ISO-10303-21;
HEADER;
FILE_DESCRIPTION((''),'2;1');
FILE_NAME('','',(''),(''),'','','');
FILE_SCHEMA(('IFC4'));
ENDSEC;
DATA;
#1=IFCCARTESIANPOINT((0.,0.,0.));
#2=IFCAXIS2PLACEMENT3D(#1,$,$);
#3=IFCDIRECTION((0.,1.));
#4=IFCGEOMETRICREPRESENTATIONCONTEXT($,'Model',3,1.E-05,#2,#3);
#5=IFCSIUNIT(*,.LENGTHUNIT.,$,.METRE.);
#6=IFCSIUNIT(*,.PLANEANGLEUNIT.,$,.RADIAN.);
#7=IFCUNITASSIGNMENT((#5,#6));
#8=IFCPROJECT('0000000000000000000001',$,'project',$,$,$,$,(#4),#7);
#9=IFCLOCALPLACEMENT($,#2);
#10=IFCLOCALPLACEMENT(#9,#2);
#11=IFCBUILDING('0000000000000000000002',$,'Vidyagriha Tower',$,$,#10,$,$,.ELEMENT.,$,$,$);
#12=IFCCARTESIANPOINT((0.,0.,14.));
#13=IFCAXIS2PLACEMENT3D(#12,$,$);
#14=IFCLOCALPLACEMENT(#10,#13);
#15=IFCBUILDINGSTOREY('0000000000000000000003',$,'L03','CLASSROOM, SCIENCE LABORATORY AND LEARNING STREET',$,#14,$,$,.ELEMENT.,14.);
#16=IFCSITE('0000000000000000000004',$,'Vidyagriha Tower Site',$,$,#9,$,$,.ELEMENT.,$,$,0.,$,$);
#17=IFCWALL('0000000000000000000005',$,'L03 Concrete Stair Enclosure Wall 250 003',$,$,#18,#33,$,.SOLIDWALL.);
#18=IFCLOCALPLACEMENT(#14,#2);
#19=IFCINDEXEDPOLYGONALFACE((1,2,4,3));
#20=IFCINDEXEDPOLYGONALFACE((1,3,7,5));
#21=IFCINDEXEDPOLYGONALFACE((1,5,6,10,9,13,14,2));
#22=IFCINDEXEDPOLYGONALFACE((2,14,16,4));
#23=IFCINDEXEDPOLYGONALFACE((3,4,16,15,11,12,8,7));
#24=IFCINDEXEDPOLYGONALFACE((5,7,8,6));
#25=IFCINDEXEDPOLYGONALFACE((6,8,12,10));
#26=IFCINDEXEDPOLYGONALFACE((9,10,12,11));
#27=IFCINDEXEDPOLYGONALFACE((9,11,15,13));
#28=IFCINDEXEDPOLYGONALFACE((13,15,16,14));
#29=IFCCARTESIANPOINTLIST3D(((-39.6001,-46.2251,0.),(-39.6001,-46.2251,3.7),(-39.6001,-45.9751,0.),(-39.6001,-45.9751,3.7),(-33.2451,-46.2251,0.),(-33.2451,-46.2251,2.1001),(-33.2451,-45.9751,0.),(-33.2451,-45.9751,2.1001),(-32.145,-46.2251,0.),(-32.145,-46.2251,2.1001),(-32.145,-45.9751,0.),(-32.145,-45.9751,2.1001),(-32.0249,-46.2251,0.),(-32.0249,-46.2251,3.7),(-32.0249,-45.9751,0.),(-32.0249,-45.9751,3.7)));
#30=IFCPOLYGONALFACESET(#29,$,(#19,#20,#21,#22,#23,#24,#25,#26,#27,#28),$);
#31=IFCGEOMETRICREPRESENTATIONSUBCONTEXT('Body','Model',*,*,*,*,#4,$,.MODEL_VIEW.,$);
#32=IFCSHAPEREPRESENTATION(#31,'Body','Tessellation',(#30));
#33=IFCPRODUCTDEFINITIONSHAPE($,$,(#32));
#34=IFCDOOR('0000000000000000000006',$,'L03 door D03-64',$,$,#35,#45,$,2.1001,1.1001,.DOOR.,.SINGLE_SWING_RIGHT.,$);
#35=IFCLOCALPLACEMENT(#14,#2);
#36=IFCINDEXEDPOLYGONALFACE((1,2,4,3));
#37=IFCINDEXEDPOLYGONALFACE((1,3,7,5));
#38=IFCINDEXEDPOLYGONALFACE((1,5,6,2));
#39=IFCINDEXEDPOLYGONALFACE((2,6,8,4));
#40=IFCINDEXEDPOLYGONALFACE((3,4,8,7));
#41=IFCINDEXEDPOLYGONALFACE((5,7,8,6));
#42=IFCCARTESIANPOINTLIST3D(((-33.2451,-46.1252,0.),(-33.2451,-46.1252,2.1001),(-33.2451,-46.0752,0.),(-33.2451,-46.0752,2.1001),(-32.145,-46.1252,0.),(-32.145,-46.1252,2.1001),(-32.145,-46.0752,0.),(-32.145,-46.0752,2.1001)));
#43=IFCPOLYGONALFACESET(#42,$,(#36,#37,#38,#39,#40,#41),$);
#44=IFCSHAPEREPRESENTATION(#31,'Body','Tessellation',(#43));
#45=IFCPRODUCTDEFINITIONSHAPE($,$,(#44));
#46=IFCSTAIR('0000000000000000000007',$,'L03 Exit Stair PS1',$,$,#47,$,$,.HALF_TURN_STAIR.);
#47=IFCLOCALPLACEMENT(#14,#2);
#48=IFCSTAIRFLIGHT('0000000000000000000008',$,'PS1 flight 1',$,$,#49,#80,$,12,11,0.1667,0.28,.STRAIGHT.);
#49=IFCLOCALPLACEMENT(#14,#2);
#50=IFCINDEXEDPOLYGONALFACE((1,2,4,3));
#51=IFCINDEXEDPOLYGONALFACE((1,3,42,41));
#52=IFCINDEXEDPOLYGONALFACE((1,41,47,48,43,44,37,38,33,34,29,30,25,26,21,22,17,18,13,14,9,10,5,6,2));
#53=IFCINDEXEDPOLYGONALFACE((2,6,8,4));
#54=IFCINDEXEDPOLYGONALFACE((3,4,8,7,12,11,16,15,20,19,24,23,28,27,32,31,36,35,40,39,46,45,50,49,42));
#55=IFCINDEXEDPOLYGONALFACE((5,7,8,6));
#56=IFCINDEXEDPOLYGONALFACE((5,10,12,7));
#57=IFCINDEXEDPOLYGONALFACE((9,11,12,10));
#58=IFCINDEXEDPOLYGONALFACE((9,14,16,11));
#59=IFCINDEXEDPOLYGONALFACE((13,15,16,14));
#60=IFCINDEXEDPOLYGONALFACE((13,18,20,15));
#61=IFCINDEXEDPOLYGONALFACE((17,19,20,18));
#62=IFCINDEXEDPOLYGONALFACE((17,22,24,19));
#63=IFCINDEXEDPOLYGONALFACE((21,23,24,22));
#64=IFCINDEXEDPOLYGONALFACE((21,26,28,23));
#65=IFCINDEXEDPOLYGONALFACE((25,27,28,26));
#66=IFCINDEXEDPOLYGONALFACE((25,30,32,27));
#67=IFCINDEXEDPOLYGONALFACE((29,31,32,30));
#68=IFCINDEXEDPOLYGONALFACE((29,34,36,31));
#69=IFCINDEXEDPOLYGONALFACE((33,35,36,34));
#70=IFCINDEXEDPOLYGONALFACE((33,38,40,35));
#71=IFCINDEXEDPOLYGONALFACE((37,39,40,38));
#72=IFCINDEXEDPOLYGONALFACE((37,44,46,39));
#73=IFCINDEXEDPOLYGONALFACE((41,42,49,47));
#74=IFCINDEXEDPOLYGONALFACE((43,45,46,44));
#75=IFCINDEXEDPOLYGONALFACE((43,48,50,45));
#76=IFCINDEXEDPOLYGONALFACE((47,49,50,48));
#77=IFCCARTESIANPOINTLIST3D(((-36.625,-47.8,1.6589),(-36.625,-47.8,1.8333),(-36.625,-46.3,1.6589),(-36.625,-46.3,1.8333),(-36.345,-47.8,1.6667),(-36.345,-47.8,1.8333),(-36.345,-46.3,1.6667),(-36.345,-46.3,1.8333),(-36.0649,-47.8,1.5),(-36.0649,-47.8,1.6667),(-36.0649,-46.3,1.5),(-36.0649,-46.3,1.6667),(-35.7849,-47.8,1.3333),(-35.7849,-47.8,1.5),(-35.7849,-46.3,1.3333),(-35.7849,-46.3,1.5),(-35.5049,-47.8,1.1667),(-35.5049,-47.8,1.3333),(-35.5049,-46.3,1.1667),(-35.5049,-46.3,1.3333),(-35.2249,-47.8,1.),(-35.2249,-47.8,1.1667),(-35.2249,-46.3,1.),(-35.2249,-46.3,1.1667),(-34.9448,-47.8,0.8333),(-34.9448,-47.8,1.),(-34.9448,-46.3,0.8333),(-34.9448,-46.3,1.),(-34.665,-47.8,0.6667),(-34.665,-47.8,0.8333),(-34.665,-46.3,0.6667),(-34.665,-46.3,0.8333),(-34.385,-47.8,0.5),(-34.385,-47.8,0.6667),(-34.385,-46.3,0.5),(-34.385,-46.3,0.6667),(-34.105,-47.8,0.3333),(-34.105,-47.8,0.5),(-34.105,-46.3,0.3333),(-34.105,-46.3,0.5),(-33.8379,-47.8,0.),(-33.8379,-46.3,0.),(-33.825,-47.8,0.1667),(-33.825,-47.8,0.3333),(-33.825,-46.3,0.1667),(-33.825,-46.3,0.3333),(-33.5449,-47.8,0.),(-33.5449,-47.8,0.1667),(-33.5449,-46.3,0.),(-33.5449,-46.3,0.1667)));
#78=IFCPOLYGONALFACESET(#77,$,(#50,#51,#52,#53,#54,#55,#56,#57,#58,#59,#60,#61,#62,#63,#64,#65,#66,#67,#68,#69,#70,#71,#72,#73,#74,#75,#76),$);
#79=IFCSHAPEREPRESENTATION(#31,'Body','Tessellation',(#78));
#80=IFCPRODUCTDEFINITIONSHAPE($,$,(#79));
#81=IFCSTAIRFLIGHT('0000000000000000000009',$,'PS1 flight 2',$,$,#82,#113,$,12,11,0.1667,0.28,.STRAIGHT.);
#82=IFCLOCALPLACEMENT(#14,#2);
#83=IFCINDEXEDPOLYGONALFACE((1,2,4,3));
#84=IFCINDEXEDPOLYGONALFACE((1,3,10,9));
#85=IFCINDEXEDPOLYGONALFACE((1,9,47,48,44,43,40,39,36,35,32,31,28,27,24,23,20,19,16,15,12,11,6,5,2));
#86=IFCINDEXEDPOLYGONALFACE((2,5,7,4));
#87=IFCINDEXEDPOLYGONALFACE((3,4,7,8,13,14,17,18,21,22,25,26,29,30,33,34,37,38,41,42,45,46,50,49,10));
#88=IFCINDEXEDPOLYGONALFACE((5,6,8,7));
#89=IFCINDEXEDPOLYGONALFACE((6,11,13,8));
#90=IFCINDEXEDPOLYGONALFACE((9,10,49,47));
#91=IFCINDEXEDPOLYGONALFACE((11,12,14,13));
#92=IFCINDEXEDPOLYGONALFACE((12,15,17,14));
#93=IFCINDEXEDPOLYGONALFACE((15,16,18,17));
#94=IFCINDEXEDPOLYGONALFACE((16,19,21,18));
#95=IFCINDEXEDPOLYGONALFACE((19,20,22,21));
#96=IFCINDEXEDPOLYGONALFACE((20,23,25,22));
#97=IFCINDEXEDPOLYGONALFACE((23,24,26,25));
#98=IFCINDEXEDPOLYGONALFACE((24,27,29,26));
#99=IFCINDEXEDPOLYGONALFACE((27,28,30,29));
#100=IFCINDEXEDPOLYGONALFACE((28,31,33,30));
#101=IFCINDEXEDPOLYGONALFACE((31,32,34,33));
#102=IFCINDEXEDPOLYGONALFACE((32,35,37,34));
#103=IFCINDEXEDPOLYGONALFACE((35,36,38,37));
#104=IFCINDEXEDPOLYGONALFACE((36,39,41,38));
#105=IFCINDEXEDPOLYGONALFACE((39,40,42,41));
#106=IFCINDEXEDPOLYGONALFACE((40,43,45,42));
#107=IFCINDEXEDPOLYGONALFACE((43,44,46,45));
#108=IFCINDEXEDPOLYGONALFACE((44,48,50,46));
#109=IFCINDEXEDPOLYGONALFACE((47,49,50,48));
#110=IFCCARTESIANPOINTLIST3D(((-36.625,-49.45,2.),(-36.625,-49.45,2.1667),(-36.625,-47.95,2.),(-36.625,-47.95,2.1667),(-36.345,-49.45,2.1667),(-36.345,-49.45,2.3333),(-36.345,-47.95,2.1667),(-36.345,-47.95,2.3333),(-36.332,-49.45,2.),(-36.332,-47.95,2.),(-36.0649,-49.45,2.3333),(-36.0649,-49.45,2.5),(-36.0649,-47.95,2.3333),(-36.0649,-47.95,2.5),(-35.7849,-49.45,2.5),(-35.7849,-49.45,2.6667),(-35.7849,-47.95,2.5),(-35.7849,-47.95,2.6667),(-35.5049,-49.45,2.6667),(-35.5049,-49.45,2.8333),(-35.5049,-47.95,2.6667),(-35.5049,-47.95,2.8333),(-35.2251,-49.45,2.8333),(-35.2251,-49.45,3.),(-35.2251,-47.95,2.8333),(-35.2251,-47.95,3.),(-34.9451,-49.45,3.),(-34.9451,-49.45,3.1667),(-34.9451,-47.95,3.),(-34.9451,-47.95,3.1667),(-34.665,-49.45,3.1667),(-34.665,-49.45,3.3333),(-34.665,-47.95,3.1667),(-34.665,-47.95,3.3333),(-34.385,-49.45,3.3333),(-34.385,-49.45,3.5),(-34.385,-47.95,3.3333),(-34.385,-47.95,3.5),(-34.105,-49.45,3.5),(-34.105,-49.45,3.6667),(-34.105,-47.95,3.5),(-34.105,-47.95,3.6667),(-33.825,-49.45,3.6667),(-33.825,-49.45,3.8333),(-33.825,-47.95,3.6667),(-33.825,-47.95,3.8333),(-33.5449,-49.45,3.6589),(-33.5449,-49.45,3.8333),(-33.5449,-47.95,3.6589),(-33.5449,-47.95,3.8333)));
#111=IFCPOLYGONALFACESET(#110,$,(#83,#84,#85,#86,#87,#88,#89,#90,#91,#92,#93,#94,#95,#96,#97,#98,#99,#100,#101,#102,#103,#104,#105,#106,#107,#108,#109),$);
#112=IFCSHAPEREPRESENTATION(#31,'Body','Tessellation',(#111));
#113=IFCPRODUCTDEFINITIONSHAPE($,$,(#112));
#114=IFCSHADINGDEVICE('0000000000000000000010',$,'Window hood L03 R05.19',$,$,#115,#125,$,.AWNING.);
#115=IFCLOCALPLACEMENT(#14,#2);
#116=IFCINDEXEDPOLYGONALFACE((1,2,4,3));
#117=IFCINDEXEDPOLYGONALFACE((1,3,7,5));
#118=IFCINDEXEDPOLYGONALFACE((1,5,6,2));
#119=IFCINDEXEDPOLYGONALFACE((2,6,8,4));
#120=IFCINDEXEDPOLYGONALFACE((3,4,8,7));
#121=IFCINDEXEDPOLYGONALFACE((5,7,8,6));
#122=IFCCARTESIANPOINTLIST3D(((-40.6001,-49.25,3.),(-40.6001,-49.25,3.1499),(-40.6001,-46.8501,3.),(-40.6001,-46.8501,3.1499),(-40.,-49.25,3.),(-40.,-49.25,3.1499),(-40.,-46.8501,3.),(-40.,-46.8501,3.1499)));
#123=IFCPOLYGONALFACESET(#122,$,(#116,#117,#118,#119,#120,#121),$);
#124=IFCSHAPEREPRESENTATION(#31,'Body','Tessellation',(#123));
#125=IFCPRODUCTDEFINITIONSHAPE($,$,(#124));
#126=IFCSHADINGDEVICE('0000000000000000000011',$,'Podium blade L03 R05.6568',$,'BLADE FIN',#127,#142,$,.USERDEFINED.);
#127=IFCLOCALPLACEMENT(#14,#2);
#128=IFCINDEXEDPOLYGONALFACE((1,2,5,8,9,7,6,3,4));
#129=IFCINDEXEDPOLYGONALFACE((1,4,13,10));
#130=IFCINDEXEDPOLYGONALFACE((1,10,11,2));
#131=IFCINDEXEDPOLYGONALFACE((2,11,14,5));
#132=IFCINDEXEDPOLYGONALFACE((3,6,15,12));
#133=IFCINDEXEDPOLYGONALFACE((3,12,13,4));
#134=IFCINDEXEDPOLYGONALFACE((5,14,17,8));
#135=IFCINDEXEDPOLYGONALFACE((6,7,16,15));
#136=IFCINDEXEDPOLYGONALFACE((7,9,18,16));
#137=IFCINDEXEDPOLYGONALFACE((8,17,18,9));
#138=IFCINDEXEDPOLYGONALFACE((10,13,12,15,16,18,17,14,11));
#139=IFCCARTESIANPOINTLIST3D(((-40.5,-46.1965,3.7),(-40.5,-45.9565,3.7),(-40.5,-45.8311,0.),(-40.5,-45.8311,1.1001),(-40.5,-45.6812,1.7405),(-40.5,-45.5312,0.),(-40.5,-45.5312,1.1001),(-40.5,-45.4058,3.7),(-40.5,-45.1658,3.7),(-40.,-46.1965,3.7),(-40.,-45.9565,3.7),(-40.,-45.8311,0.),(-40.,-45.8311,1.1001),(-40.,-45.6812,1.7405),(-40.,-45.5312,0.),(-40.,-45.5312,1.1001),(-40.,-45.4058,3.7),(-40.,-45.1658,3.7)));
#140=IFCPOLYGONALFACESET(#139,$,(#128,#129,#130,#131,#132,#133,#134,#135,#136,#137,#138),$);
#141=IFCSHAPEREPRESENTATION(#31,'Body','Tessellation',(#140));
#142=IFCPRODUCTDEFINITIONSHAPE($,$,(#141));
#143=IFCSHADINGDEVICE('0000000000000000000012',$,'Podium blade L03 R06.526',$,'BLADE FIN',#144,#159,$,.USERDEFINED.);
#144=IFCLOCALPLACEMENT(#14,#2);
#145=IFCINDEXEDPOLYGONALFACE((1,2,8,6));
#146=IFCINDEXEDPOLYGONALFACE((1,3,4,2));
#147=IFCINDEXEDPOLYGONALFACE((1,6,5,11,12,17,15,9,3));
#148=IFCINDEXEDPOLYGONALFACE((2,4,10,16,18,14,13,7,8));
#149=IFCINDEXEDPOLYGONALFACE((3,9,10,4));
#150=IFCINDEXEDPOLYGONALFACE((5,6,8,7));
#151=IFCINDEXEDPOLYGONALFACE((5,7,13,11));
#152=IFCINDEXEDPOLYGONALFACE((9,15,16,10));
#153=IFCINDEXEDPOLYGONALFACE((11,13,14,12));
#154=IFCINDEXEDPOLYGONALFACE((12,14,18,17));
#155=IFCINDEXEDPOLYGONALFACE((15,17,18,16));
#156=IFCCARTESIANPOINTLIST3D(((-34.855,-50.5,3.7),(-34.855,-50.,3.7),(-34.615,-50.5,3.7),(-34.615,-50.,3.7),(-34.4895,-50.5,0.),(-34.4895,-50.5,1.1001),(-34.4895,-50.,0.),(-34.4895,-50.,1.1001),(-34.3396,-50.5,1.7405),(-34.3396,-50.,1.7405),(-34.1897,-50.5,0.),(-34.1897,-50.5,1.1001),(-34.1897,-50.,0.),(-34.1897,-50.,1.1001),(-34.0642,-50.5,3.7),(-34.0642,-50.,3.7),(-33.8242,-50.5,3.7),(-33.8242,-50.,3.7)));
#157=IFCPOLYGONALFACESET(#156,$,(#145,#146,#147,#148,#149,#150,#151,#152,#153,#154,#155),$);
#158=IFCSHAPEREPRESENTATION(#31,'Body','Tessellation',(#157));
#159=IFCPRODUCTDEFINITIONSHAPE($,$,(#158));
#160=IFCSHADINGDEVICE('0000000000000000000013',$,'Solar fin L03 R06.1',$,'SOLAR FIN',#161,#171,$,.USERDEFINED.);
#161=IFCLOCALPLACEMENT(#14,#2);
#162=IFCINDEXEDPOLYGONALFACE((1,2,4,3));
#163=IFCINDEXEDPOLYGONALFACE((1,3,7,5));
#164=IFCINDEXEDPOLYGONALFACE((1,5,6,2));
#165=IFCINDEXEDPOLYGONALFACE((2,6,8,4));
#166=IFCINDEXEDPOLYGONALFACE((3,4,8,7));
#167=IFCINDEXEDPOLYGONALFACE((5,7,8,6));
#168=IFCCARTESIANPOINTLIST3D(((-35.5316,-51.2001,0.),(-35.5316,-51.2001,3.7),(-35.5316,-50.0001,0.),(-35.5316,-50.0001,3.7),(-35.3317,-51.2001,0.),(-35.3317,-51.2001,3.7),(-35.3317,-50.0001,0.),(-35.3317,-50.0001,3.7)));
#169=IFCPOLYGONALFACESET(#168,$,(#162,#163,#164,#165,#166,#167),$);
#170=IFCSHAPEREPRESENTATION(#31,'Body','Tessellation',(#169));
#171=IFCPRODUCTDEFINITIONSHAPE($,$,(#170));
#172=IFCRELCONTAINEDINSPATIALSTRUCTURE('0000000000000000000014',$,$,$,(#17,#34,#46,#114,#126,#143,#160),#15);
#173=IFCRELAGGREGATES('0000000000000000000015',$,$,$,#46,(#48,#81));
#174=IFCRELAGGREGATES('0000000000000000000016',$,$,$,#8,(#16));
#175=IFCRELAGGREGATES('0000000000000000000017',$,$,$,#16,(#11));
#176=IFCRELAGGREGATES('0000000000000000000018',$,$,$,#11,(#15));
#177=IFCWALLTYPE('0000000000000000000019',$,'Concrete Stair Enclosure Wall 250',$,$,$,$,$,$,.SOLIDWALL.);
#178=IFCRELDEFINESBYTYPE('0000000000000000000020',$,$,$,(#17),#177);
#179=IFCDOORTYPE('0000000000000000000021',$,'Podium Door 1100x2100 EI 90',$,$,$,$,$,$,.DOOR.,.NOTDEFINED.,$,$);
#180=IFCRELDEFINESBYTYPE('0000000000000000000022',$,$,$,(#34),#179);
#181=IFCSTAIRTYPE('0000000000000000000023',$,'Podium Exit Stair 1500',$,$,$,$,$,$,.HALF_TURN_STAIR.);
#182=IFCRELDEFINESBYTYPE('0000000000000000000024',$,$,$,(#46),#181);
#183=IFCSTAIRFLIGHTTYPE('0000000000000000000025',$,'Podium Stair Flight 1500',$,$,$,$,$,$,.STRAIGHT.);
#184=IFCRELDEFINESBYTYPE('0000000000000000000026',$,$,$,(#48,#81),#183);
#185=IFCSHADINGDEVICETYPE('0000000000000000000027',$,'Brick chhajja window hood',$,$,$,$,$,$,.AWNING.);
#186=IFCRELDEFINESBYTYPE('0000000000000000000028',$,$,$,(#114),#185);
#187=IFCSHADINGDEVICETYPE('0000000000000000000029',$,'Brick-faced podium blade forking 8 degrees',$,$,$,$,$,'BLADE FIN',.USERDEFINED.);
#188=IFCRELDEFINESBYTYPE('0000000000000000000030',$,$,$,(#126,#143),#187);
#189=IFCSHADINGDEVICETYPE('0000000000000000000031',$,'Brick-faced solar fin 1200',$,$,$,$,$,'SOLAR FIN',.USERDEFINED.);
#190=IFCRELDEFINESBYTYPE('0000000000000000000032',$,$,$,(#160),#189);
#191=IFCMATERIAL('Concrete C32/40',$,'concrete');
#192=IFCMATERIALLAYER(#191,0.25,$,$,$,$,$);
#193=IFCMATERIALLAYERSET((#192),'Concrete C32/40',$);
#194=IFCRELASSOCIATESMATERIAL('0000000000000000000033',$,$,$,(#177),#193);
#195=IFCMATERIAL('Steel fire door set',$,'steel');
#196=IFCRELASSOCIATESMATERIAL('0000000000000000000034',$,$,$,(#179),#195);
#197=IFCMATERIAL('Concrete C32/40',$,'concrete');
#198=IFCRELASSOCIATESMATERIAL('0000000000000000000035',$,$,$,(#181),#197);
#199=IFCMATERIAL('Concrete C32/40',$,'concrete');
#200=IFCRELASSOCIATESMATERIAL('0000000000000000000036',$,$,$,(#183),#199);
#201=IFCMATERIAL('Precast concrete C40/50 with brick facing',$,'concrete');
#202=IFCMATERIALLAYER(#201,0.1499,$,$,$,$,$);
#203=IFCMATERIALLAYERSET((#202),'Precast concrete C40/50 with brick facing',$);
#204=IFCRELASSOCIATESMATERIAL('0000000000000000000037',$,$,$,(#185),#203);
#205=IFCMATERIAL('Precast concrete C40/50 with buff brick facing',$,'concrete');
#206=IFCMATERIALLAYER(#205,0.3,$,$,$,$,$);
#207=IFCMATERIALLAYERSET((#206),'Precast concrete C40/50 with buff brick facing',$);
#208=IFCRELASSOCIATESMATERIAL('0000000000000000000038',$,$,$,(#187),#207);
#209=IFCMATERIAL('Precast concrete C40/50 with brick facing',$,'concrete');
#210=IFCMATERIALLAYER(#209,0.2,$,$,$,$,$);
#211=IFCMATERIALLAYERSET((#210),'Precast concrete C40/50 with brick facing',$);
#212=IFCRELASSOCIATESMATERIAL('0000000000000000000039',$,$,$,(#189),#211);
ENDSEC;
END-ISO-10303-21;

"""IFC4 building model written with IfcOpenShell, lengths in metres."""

from ifc_helpers import new_model, si_unit, direction, frame, frame_2d, origin, origin_2d, place, context, subcontext, project, spatial, polyline, rectangle, outline, extrude, material, layer, layer_set, type_object, element, fill, aggregate, save


model = new_model("IFC4")

# Units and contexts
model_context = context("Model", 3, precision=1e-05, world=origin(), true_north=direction((0.0, 1.0)))
body_context = subcontext(model_context, "Body", "Model", "MODEL_VIEW")
ifc_project = project(units=[si_unit("LENGTHUNIT", "METRE"), si_unit("PLANEANGLEUNIT", "RADIAN")], contexts=[model_context])

# Site, building, storey
site_placement = place(None, origin())
site = spatial("IfcSite", under=ifc_project, at=site_placement, Name="Vidyagriha Tower Site", CompositionType="ELEMENT", RefElevation=0.0)
building_placement = place(site_placement, origin())
building = spatial("IfcBuilding", under=site, at=building_placement, Name="Vidyagriha Tower", CompositionType="ELEMENT")
storey_placement = place(building_placement, frame((0.0, 0.0, 14.0)))
storey = spatial("IfcBuildingStorey", under=building, at=storey_placement, Name="L03", Description="CLASSROOM, SCIENCE LABORATORY AND LEARNING STREET", CompositionType="ELEMENT", Elevation=14.0)

# Wall, opening, door
ifc_material_1 = material(Name="Concrete C32/40", Category="concrete")
ifc_layer_1 = layer(ifc_material_1, 0.25)
ifc_layer_set_1 = layer_set([ifc_layer_1], Name="Concrete C32/40")
wall_type_1 = type_object("IfcWallType", Name="Concrete Stair Enclosure Wall 250", PredefinedType="SOLIDWALL", material=ifc_layer_set_1)
wall_1_placement = place(storey_placement, frame((-39.6001, -46.1001, 0.0)))
wall_1 = element("IfcWall", 1, at=wall_1_placement, inside=storey, type_object=wall_type_1, Name="L03 Concrete Stair Enclosure Wall 250 003", PredefinedType="SOLIDWALL", context=body_context, shape_type="SweptSolid", body=[
    extrude(rectangle(XDim=7.5752, YDim=0.25, at=frame_2d((3.7876, 0.0))), origin(), (0.0, 0.0, 1.0), 3.7),
])
opening_1_placement = place(wall_1_placement, frame((6.355, 0.0, 0.0)))
opening_1 = element("IfcOpeningElement", 2, at=opening_1_placement, cuts=wall_1, PredefinedType="OPENING", context=body_context, shape_type="SweptSolid", body=[
    extrude(rectangle(XDim=1.1001, YDim=2.1001, at=frame_2d((0.55, 1.05))), frame((0.0, 0.135, 0.0), z_axis=(0.0, -1.0, 0.0), x_axis=(1.0, 0.0, 0.0)), (0.0, 0.0, 1.0), 0.27),
])
ifc_material_2 = material(Name="Steel fire door set", Category="steel")
door_type = type_object("IfcDoorType", Name="Podium Door 1100x2100 EI 90", OperationType="NOTDEFINED", PredefinedType="DOOR", material=ifc_material_2)
door_placement = place(opening_1_placement, origin())
door = element("IfcDoor", 3, at=door_placement, inside=storey, type_object=door_type, Name="L03 door D03-64", OperationType="SINGLE_SWING_RIGHT", OverallHeight=2.1001, OverallWidth=1.1001, PredefinedType="DOOR", context=body_context, shape_type="SweptSolid", body=[
    extrude(rectangle(XDim=1.1001, YDim=2.1001, at=frame_2d((0.55, 1.05))), frame((0.0, 0.0249, 0.0), z_axis=(0.0, -1.0, 0.0), x_axis=(1.0, 0.0, 0.0)), (0.0, 0.0, 1.0), 0.05),
])
fill(opening_1, door)

# Stair, stair flights
ifc_material_3 = material(Name="Concrete C32/40", Category="concrete")
stair_type = type_object("IfcStairType", Name="Podium Exit Stair 1500", PredefinedType="HALF_TURN_STAIR", material=ifc_material_3)
stair_placement = place(storey_placement, origin())
stair = element("IfcStair", 4, at=stair_placement, inside=storey, type_object=stair_type, Name="L03 Exit Stair PS1", PredefinedType="HALF_TURN_STAIR")
ifc_material_4 = material(Name="Concrete C32/40", Category="concrete")
stair_flight_type = type_object("IfcStairFlightType", Name="Podium Stair Flight 1500", PredefinedType="STRAIGHT", material=ifc_material_4)
stair_flight_1_placement = place(storey_placement, frame((-33.5449, -47.05, 0.0), z_axis=(0.0, 0.0, 1.0), x_axis=(-1.0, 0.0, 0.0)))
stair_flight_1 = element("IfcStairFlight", 5, at=stair_flight_1_placement, type_object=stair_flight_type, Name="PS1 flight 1", NumberOfRisers=12, NumberOfTreads=11, PredefinedType="STRAIGHT", RiserHeight=0.1667, TreadLength=0.28, context=body_context, shape_type="SweptSolid", body=[
    extrude(outline(polyline([(0.0, 0.0), (0.0, 0.1667), (0.28, 0.1667), (0.28, 0.3333), (0.5601, 0.3333), (0.5601, 0.5), (0.8401, 0.5), (0.8401, 0.6667), (1.1201, 0.6667), (1.1201, 0.8333), (1.3999, 0.8333), (1.3999, 1.0), (1.6799, 1.0), (1.6799, 1.1667), (1.96, 1.1667), (1.96, 1.3333), (2.24, 1.3333), (2.24, 1.5), (2.52, 1.5), (2.52, 1.6667), (2.8, 1.6667), (2.8, 1.8333), (3.0801, 1.8333), (3.0801, 2.0), (3.0801, 1.6589), (0.293, 0.0), (0.0, 0.0)])), frame((0.0, 0.75, 0.0), z_axis=(0.0, -1.0, 0.0), x_axis=(1.0, 0.0, 0.0)), (0.0, 0.0, 1.0), 1.5),
])
stair_flight_2_placement = place(storey_placement, frame((-36.625, -48.7, 2.0)))
stair_flight_2 = element("IfcStairFlight", 6, at=stair_flight_2_placement, type_object=stair_flight_type, Name="PS1 flight 2", NumberOfRisers=12, NumberOfTreads=11, PredefinedType="STRAIGHT", RiserHeight=0.1667, TreadLength=0.28, context=body_context, shape_type="SweptSolid", body=[
    extrude(outline(polyline([(0.0, 0.0), (0.0, 0.1667), (0.28, 0.1667), (0.28, 0.3333), (0.5601, 0.3333), (0.5601, 0.5), (0.8401, 0.5), (0.8401, 0.6667), (1.1201, 0.6667), (1.1201, 0.8333), (1.3999, 0.8333), (1.3999, 1.0), (1.6799, 1.0), (1.6799, 1.1667), (1.96, 1.1667), (1.96, 1.3333), (2.24, 1.3333), (2.24, 1.5), (2.52, 1.5), (2.52, 1.6667), (2.8, 1.6667), (2.8, 1.8333), (3.0801, 1.8333), (3.0801, 2.0), (3.0801, 1.6589), (0.293, 0.0), (0.0, 0.0)])), frame((0.0, 0.75, 0.0), z_axis=(0.0, -1.0, 0.0), x_axis=(1.0, 0.0, 0.0)), (0.0, 0.0, 1.0), 1.5),
])
aggregate(stair, [stair_flight_1, stair_flight_2])

# Shading devices
ifc_material_5 = material(Name="Precast concrete C40/50 with brick facing", Category="concrete")
ifc_layer_2 = layer(ifc_material_5, 0.1499)
ifc_layer_set_2 = layer_set([ifc_layer_2], Name="Precast concrete C40/50 with brick facing")
shading_device_type_1 = type_object("IfcShadingDeviceType", Name="Brick chhajja window hood", PredefinedType="AWNING", material=ifc_layer_set_2)
shading_device_1_placement = place(storey_placement, frame((-40.3, -48.05, 3.0), z_axis=(0.0, 0.0, 1.0), x_axis=(0.0, -1.0, 0.0)))
element("IfcShadingDevice", 7, at=shading_device_1_placement, inside=storey, type_object=shading_device_type_1, Name="Window hood L03 R05.19", PredefinedType="AWNING", context=body_context, shape_type="SweptSolid", body=[
    extrude(rectangle(XDim=2.3999, YDim=0.6001, at=origin_2d()), origin(), (0.0, 0.0, 1.0), 0.1499),
])
ifc_material_6 = material(Name="Precast concrete C40/50 with buff brick facing", Category="concrete")
ifc_layer_3 = layer(ifc_material_6, 0.3)
ifc_layer_set_3 = layer_set([ifc_layer_3], Name="Precast concrete C40/50 with buff brick facing")
shading_device_type_2 = type_object("IfcShadingDeviceType", Name="Brick-faced podium blade forking 8 degrees", ElementType="BLADE FIN", PredefinedType="USERDEFINED", material=ifc_layer_set_3)
shading_device_2_placement = place(storey_placement, frame((-40.25, -45.1658, 0.0), z_axis=(0.0, 0.0, 1.0), x_axis=(0.0, -1.0, 0.0)))
element("IfcShadingDevice", 8, at=shading_device_2_placement, inside=storey, type_object=shading_device_type_2, Name="Podium blade L03 R05.6568", ObjectType="BLADE FIN", PredefinedType="USERDEFINED", context=body_context, shape_type="SweptSolid", body=[
    extrude(outline(polyline([(0.6653, 0.0), (0.6653, 1.1001), (1.0308, 3.7), (0.7908, 3.7), (0.5154, 1.7405), (0.24, 3.7), (0.0, 3.7), (0.3655, 1.1001), (0.3655, 0.0), (0.6653, 0.0)])), frame((0.0, 0.25, 0.0), z_axis=(0.0, -1.0, 0.0), x_axis=(1.0, 0.0, 0.0)), (0.0, 0.0, 1.0), 0.5),
])
shading_device_3_placement = place(storey_placement, frame((-34.855, -50.25, 0.0)))
element("IfcShadingDevice", 9, at=shading_device_3_placement, inside=storey, type_object=shading_device_type_2, Name="Podium blade L03 R06.526", ObjectType="BLADE FIN", PredefinedType="USERDEFINED", context=body_context, shape_type="SweptSolid", body=[
    extrude(outline(polyline([(0.6653, 0.0), (0.6653, 1.1001), (1.0308, 3.7), (0.7908, 3.7), (0.5154, 1.7405), (0.24, 3.7), (0.0, 3.7), (0.3655, 1.1001), (0.3655, 0.0), (0.6653, 0.0)])), frame((0.0, 0.25, 0.0), z_axis=(0.0, -1.0, 0.0), x_axis=(1.0, 0.0, 0.0)), (0.0, 0.0, 1.0), 0.5),
])
ifc_material_7 = material(Name="Precast concrete C40/50 with brick facing", Category="concrete")
ifc_layer_4 = layer(ifc_material_7, 0.2)
ifc_layer_set_4 = layer_set([ifc_layer_4], Name="Precast concrete C40/50 with brick facing")
shading_device_type_3 = type_object("IfcShadingDeviceType", Name="Brick-faced solar fin 1200", ElementType="SOLAR FIN", PredefinedType="USERDEFINED", material=ifc_layer_set_4)
shading_device_4_placement = place(storey_placement, frame((-35.4316, -50.0, 0.0), z_axis=(0.0, 0.0, 1.0), x_axis=(0.0, -1.0, 0.0)))
element("IfcShadingDevice", 10, at=shading_device_4_placement, inside=storey, type_object=shading_device_type_3, Name="Solar fin L03 R06.1", ObjectType="SOLAR FIN", PredefinedType="USERDEFINED", context=body_context, shape_type="SweptSolid", body=[
    extrude(rectangle(XDim=1.2, YDim=0.2, at=frame_2d((0.6001, 0.0))), origin(), (0.0, 0.0, 1.0), 3.7),
])

save(model, "model.ifc")
